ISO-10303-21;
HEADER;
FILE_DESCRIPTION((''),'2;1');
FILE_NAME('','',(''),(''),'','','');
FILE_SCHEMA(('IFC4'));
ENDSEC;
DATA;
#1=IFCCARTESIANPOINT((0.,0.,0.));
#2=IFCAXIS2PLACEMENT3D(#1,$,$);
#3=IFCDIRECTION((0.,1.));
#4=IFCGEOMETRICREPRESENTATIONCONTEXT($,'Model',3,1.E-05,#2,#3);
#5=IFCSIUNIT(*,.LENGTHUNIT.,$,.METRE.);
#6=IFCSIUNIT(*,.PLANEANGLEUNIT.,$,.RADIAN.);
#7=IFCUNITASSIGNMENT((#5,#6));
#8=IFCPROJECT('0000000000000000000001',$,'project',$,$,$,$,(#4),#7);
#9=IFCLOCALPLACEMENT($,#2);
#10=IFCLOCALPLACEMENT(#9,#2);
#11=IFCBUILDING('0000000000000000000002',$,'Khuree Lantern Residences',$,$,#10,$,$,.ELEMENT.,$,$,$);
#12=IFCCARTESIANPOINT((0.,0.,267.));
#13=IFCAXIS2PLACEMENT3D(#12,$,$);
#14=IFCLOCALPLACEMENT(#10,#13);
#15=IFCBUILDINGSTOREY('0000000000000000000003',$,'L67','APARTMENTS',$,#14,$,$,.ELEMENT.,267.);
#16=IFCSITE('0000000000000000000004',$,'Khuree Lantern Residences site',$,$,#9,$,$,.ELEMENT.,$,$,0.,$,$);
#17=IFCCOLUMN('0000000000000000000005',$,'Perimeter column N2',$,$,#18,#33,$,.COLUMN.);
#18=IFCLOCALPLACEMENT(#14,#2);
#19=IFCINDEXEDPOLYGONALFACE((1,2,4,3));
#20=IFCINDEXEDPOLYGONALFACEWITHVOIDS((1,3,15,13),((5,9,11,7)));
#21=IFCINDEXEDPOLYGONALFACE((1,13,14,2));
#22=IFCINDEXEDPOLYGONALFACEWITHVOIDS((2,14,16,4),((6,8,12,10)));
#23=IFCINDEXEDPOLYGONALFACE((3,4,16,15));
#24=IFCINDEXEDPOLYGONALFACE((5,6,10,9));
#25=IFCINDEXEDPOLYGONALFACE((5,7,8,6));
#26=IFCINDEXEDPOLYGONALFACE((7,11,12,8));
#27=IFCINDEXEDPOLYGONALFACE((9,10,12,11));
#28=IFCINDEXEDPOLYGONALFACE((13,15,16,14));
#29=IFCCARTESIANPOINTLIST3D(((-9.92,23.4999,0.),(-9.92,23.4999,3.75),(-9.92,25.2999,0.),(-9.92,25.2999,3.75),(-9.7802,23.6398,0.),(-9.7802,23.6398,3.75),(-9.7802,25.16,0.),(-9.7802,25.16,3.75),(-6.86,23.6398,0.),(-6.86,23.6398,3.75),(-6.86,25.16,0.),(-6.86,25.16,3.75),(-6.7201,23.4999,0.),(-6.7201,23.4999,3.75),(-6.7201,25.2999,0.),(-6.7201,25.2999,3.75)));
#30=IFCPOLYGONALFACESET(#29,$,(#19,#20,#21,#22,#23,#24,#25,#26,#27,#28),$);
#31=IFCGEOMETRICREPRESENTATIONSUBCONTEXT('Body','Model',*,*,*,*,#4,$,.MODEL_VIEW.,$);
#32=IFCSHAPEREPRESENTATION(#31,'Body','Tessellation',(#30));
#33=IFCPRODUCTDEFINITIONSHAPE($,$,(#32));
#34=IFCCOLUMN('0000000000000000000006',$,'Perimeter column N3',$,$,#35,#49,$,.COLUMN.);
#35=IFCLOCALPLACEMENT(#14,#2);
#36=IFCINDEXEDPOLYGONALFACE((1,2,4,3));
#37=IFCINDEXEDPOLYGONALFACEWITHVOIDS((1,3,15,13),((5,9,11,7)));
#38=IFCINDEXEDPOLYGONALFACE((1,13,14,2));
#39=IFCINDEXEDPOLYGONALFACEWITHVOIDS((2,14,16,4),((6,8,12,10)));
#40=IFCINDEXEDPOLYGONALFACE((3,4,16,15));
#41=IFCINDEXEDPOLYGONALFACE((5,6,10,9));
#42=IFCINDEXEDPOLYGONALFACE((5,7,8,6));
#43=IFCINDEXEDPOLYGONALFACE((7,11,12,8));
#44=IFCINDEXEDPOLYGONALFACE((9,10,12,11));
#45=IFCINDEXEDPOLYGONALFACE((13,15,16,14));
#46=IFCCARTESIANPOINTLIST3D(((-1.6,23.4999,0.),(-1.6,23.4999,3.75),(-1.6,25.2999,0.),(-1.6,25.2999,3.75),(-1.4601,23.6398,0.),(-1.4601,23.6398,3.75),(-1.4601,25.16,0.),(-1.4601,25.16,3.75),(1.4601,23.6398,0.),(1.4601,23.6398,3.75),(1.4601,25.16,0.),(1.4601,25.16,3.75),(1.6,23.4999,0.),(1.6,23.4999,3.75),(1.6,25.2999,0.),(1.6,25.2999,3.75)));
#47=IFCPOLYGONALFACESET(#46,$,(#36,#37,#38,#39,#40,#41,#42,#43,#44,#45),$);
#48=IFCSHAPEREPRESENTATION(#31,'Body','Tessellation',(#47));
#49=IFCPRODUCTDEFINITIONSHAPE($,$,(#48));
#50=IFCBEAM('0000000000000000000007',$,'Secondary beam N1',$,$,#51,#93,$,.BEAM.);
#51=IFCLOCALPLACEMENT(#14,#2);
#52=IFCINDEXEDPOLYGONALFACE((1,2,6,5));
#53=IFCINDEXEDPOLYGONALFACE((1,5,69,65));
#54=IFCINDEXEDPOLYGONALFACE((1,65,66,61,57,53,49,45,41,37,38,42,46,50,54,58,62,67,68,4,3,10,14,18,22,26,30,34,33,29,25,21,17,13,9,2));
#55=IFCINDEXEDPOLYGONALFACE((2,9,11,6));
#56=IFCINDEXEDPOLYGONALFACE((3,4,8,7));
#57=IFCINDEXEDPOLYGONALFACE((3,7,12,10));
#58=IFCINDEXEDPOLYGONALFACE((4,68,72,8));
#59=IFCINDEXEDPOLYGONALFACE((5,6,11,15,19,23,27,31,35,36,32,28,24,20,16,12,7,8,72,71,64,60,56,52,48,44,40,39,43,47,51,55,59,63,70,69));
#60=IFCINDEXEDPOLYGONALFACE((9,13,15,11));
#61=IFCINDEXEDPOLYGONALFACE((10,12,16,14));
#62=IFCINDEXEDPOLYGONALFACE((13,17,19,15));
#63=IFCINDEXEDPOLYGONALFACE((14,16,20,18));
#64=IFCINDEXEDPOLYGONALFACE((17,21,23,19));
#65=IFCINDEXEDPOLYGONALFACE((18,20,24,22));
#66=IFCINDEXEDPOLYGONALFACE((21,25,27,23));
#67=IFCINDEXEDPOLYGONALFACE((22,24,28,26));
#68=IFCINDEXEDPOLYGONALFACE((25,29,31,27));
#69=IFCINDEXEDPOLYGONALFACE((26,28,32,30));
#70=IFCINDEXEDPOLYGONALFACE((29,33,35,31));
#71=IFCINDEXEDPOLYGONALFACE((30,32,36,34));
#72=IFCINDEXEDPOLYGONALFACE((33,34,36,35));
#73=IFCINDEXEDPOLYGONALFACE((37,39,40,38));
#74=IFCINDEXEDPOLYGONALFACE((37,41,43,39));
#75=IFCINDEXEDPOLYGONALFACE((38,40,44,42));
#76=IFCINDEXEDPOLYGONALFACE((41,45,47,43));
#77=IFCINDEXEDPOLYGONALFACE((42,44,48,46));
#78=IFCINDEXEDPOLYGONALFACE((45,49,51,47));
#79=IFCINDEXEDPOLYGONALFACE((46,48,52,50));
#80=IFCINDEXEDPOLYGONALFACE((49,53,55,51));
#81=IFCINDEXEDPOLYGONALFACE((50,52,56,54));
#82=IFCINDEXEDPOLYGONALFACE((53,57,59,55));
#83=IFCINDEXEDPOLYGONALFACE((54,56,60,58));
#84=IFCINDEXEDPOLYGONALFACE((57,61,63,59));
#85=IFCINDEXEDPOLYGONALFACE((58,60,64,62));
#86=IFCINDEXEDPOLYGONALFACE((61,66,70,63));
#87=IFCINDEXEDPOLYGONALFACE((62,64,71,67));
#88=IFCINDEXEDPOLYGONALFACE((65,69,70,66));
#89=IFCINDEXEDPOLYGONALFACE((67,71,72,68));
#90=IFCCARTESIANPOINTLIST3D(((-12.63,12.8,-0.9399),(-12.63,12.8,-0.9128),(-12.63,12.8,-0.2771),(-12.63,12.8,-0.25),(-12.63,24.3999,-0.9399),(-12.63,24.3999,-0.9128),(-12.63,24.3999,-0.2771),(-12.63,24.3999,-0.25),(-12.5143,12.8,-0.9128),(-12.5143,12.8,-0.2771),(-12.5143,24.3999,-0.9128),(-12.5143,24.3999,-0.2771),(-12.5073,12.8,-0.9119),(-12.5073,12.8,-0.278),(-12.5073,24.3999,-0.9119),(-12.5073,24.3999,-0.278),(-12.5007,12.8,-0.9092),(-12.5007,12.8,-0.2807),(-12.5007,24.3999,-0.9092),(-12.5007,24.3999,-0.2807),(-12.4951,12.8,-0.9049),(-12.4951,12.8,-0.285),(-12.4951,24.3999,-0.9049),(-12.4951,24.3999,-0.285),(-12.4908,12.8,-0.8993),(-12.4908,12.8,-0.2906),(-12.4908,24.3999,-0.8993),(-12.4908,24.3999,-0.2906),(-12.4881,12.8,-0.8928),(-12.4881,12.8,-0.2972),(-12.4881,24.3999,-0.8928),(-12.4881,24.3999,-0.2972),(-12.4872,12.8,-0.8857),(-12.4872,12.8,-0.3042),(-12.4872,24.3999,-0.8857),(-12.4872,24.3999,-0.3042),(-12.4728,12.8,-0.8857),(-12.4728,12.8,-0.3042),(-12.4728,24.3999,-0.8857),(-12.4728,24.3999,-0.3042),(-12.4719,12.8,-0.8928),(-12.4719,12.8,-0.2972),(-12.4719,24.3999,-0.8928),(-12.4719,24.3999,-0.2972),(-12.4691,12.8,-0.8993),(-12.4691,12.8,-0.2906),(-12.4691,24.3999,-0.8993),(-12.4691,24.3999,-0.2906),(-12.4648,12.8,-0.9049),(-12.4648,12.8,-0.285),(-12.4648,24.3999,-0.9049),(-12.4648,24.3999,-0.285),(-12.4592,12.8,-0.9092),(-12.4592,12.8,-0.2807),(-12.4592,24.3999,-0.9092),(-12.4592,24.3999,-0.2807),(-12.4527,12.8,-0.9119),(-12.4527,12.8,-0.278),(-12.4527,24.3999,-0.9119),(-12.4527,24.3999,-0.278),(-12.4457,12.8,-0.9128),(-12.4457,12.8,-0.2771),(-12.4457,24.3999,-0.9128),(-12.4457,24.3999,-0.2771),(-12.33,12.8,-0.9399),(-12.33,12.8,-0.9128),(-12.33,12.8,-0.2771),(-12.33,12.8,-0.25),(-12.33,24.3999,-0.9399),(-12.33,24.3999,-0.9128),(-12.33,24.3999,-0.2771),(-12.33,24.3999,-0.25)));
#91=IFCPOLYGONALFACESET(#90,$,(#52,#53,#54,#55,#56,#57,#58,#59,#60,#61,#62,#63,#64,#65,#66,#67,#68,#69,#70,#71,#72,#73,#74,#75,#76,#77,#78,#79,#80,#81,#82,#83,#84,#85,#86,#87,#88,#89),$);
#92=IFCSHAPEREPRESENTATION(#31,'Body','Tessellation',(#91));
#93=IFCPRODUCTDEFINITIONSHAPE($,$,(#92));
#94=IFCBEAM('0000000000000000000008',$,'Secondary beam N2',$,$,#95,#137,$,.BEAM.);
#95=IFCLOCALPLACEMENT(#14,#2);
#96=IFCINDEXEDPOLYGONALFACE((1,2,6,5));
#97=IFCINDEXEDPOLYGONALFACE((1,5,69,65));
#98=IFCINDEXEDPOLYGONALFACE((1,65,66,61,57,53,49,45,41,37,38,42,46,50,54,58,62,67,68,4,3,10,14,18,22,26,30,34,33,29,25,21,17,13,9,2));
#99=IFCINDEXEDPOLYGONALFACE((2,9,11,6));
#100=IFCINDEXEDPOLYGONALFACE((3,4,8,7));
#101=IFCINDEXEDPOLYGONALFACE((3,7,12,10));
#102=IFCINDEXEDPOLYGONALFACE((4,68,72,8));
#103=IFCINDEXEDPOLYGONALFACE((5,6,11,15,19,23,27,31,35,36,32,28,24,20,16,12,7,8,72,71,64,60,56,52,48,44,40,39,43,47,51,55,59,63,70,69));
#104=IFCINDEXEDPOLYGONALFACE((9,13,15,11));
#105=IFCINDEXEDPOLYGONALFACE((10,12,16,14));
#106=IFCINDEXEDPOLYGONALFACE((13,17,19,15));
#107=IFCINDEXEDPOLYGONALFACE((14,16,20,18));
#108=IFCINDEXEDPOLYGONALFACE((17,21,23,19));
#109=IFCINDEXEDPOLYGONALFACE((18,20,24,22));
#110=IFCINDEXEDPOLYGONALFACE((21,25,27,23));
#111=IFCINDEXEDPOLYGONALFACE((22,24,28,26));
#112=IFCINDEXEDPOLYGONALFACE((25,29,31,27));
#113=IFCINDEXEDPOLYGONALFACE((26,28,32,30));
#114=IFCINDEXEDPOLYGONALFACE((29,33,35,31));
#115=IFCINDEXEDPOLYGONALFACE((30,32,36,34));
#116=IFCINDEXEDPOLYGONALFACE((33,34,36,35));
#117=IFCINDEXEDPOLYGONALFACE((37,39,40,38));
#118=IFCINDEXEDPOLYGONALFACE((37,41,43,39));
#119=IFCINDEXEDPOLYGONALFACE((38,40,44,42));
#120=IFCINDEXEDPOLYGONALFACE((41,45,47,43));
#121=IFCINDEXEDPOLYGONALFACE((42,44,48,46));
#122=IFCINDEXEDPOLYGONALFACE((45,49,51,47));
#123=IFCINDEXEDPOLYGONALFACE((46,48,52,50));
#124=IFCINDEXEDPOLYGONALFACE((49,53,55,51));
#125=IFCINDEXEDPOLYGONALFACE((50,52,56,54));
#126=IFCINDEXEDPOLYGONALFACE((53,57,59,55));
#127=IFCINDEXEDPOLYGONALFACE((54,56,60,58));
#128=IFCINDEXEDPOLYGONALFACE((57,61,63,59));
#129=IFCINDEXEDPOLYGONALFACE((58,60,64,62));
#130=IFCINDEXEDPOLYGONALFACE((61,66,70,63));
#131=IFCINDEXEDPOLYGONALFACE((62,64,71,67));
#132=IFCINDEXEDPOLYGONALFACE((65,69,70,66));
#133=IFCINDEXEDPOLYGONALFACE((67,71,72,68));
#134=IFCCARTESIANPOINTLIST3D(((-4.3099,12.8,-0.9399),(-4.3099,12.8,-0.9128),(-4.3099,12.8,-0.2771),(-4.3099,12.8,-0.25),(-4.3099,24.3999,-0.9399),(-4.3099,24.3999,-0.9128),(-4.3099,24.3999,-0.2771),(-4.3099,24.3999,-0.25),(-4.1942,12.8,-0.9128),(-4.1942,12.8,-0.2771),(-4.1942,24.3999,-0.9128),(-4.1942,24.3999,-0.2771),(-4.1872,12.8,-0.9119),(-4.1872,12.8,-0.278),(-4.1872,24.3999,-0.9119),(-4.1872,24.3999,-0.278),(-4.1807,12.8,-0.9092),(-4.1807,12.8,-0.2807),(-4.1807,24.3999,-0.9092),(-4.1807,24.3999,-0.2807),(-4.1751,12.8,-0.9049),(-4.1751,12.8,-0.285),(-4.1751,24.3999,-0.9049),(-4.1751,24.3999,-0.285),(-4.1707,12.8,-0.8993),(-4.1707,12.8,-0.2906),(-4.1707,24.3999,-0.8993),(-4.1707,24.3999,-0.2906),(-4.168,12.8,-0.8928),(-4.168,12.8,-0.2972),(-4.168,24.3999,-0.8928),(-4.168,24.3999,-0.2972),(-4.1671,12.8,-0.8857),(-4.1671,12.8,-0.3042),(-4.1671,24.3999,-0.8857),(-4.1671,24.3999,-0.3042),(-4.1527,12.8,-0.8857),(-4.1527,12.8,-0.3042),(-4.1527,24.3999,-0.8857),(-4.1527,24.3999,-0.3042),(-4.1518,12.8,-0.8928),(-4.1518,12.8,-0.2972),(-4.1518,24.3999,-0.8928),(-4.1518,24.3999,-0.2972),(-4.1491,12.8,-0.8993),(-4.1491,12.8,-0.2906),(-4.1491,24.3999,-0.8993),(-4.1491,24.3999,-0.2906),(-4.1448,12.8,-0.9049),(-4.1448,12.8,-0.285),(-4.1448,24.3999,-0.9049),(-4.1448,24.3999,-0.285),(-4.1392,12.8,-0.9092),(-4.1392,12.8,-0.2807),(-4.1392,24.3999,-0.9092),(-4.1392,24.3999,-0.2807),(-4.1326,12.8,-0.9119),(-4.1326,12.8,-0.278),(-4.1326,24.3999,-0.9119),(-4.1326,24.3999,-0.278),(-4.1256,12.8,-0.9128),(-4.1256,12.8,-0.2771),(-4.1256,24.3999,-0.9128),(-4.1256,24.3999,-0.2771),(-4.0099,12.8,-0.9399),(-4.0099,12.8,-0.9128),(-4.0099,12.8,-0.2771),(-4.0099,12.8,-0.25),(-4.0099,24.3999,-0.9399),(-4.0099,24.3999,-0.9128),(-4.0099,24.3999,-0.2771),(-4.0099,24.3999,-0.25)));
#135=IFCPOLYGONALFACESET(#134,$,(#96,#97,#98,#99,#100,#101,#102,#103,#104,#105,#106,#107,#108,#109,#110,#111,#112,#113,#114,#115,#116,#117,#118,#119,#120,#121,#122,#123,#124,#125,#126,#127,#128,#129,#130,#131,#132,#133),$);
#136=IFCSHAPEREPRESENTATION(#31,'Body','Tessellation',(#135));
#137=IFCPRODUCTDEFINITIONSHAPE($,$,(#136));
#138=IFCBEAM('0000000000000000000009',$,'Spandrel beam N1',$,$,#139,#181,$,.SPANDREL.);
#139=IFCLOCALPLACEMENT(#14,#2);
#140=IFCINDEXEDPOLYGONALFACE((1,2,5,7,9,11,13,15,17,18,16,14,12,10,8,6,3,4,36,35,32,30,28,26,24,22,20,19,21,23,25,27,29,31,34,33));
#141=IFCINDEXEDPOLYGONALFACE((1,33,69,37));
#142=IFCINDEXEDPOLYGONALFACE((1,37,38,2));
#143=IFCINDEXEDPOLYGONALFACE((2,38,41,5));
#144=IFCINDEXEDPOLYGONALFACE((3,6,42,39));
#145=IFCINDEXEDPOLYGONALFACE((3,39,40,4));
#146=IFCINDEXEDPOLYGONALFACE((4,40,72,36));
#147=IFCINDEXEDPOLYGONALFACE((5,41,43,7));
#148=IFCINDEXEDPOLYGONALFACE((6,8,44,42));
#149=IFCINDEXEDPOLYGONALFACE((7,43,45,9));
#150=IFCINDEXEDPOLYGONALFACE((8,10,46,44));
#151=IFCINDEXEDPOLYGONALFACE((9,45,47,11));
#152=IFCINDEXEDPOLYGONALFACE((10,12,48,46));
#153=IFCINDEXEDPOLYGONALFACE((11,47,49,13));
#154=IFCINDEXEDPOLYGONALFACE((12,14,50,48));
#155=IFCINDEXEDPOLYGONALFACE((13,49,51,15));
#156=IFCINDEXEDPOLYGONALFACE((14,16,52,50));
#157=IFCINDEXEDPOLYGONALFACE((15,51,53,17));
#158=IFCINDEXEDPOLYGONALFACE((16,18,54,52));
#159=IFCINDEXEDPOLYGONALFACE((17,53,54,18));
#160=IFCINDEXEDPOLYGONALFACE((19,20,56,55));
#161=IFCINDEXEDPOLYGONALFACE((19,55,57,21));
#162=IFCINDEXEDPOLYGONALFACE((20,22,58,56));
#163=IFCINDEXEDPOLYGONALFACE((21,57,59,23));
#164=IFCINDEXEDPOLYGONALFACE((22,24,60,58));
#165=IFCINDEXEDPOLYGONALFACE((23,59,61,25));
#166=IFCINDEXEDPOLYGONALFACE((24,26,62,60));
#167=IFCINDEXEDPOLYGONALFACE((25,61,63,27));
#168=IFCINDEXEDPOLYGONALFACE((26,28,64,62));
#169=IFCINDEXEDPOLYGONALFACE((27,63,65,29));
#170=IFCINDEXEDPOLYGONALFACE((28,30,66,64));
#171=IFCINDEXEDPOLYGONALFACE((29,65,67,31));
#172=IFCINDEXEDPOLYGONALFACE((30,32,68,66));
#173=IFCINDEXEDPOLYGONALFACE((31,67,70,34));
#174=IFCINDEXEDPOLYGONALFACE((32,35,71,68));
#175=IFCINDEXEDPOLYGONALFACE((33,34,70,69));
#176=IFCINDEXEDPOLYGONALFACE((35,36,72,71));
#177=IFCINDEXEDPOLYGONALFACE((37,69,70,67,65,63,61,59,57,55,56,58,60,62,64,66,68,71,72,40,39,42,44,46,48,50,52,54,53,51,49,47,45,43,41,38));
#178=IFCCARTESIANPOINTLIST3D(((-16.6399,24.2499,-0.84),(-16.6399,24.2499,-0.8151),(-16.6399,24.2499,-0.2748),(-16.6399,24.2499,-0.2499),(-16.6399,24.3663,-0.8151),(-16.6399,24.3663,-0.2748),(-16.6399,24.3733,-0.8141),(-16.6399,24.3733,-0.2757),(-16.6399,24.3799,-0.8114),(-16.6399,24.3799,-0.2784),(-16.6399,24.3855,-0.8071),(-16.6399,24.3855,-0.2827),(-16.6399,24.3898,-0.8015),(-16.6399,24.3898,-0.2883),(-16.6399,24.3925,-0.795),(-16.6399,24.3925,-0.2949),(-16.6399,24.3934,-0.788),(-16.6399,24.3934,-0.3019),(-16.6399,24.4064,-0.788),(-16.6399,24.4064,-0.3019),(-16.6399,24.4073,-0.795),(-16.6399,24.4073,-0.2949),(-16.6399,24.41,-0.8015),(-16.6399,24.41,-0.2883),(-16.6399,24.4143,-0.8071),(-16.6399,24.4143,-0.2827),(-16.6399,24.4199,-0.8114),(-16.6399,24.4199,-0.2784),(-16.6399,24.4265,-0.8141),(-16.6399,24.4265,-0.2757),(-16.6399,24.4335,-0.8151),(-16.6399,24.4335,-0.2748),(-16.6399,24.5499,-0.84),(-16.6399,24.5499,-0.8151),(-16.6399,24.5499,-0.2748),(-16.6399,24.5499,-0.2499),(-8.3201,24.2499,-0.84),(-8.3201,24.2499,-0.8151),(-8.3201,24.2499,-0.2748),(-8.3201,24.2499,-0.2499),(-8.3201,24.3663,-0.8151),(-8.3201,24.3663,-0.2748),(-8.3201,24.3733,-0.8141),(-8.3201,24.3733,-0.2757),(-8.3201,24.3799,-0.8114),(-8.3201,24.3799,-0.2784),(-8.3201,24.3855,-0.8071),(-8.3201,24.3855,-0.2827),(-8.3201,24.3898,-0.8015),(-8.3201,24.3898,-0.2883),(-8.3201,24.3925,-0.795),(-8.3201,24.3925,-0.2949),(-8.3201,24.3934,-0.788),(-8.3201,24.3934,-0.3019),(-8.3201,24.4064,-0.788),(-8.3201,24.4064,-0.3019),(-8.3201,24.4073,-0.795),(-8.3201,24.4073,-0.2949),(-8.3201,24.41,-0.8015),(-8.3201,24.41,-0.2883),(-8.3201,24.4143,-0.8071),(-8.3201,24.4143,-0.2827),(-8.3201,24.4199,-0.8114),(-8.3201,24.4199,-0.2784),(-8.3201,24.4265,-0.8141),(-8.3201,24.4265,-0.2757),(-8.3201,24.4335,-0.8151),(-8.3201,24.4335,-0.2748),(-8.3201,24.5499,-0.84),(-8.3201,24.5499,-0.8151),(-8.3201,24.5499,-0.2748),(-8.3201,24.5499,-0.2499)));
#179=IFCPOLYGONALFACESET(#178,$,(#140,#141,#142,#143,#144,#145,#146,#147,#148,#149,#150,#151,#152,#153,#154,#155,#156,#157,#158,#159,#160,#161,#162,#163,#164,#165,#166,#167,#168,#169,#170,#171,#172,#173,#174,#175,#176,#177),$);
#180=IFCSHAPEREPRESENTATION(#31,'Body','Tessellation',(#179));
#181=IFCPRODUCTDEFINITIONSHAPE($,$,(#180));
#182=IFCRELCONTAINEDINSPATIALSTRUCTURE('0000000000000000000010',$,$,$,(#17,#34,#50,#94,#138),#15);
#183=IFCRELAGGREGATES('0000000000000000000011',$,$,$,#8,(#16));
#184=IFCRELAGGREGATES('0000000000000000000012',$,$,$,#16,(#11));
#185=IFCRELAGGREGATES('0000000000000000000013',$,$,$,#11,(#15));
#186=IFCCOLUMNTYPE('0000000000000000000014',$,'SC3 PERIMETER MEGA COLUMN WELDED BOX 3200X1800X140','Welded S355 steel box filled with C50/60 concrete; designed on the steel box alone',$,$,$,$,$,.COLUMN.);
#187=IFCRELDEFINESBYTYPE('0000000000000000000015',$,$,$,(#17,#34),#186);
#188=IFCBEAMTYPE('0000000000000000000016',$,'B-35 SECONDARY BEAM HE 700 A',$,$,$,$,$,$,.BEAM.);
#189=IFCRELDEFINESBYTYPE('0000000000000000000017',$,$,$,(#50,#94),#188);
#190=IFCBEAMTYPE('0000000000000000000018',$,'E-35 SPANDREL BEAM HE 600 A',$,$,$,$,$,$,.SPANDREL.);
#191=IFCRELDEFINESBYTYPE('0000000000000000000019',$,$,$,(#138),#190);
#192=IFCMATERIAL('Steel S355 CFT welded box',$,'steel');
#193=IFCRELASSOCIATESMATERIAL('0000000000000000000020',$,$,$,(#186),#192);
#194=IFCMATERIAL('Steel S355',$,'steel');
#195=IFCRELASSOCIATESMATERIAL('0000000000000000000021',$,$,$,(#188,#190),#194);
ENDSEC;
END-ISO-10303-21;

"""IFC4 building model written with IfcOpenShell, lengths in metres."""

from ifc_helpers import new_model, si_unit, direction, frame, origin, origin_2d, place, context, subcontext, project, spatial, hollow_rectangle, i_section, extrude, material, material_profile, profile_set, type_object, element, save


model = new_model("IFC4")

# Units and contexts
model_context = context("Model", 3, precision=1e-05, world=origin(), true_north=direction((0.0, 1.0)))
body_context = subcontext(model_context, "Body", "Model", "MODEL_VIEW")
ifc_project = project(units=[si_unit("LENGTHUNIT", "METRE"), si_unit("PLANEANGLEUNIT", "RADIAN")], contexts=[model_context])

# Site, building, storey
site_placement = place(None, origin())
site = spatial("IfcSite", under=ifc_project, at=site_placement, Name="Khuree Lantern Residences site", CompositionType="ELEMENT", RefElevation=0.0)
building_placement = place(site_placement, origin())
building = spatial("IfcBuilding", under=site, at=building_placement, Name="Khuree Lantern Residences", CompositionType="ELEMENT")
storey_placement = place(building_placement, frame((0.0, 0.0, 267.0)))
storey = spatial("IfcBuildingStorey", under=building, at=storey_placement, Name="L67", Description="APARTMENTS", CompositionType="ELEMENT", Elevation=267.0)

# Columns
ifc_material_1 = material(Name="Steel S355 CFT welded box", Category="steel")
ifc_material_profile_1 = material_profile(ifc_material_1, hollow_rectangle(XDim=3.2, YDim=1.8, WallThickness=0.1399, at=origin_2d()), Name="WELDED BOX 3200X1800X140")
ifc_profile_set_1 = profile_set([ifc_material_profile_1], Name="Steel S355 CFT welded box")
column_type = type_object("IfcColumnType", Name="SC3 PERIMETER MEGA COLUMN WELDED BOX 3200X1800X140", Description="Welded S355 steel box filled with C50/60 concrete; designed on the steel box alone", PredefinedType="COLUMN", material=ifc_profile_set_1)
for number, where, z_axis, x_axis, name in (
    (1, (-8.3201, 24.3999, 0.0), (0.0, 0.0, 1.0), (1.0, 0.0, 0.0), "Perimeter column N2"),
    (2, (0.0, 24.3999, 0.0), (0.0, 0.0, 1.0), (1.0, 0.0, 0.0), "Perimeter column N3"),
):
    element("IfcColumn", number, at=place(storey_placement, frame(where, z_axis=z_axis, x_axis=x_axis)), inside=storey, type_object=column_type, Name=name, PredefinedType="COLUMN", context=body_context, shape_type="SweptSolid", body=[
        extrude(hollow_rectangle(XDim=3.2, YDim=1.8, WallThickness=0.1399, at=origin_2d()), origin(), (0.0, 0.0, 1.0), 3.75),
    ])

# Beams
ifc_material_2 = material(Name="Steel S355", Category="steel")
ifc_material_profile_2 = material_profile(ifc_material_2, i_section(OverallWidth=0.3, OverallDepth=0.6899, WebThickness=0.0144, FlangeThickness=0.0271, FilletRadius=0.0271, at=origin_2d()), Name="HE 700 A")
ifc_profile_set_2 = profile_set([ifc_material_profile_2], Name="Steel S355")
beam_type_1 = type_object("IfcBeamType", Name="B-35 SECONDARY BEAM HE 700 A", PredefinedType="BEAM", material=ifc_profile_set_2)
for number, where, z_axis, x_axis, name in (
    (3, (-12.48, 24.3999, -0.595), (0.0, -1.0, 0.0), (1.0, 0.0, 0.0), "Secondary beam N1"),
    (4, (-4.1599, 24.3999, -0.595), (0.0, -1.0, 0.0), (1.0, 0.0, 0.0), "Secondary beam N2"),
):
    element("IfcBeam", number, at=place(storey_placement, frame(where, z_axis=z_axis, x_axis=x_axis)), inside=storey, type_object=beam_type_1, Name=name, PredefinedType="BEAM", context=body_context, shape_type="SweptSolid", body=[
        extrude(i_section(OverallWidth=0.3, OverallDepth=0.6899, WebThickness=0.0144, FlangeThickness=0.0271, FilletRadius=0.0271, at=origin_2d()), origin(), (0.0, 0.0, 1.0), 11.5999),
    ])
ifc_material_profile_3 = material_profile(ifc_material_2, i_section(OverallWidth=0.3, OverallDepth=0.5901, WebThickness=0.0129, FlangeThickness=0.0249, FilletRadius=0.0271, at=origin_2d()), Name="HE 600 A")
ifc_profile_set_3 = profile_set([ifc_material_profile_3], Name="Steel S355")
beam_type_2 = type_object("IfcBeamType", Name="E-35 SPANDREL BEAM HE 600 A", PredefinedType="SPANDREL", material=ifc_profile_set_3)
beam_1_placement = place(storey_placement, frame((-16.6399, 24.3999, -0.5449), z_axis=(1.0, 0.0, 0.0), x_axis=(0.0, 1.0, 0.0)))
element("IfcBeam", 5, at=beam_1_placement, inside=storey, type_object=beam_type_2, Name="Spandrel beam N1", PredefinedType="SPANDREL", context=body_context, shape_type="SweptSolid", body=[
    extrude(i_section(OverallWidth=0.3, OverallDepth=0.5901, WebThickness=0.0129, FlangeThickness=0.0249, FilletRadius=0.0271, at=origin_2d()), origin(), (0.0, 0.0, 1.0), 8.3198),
])

save(model, "model.ifc")
